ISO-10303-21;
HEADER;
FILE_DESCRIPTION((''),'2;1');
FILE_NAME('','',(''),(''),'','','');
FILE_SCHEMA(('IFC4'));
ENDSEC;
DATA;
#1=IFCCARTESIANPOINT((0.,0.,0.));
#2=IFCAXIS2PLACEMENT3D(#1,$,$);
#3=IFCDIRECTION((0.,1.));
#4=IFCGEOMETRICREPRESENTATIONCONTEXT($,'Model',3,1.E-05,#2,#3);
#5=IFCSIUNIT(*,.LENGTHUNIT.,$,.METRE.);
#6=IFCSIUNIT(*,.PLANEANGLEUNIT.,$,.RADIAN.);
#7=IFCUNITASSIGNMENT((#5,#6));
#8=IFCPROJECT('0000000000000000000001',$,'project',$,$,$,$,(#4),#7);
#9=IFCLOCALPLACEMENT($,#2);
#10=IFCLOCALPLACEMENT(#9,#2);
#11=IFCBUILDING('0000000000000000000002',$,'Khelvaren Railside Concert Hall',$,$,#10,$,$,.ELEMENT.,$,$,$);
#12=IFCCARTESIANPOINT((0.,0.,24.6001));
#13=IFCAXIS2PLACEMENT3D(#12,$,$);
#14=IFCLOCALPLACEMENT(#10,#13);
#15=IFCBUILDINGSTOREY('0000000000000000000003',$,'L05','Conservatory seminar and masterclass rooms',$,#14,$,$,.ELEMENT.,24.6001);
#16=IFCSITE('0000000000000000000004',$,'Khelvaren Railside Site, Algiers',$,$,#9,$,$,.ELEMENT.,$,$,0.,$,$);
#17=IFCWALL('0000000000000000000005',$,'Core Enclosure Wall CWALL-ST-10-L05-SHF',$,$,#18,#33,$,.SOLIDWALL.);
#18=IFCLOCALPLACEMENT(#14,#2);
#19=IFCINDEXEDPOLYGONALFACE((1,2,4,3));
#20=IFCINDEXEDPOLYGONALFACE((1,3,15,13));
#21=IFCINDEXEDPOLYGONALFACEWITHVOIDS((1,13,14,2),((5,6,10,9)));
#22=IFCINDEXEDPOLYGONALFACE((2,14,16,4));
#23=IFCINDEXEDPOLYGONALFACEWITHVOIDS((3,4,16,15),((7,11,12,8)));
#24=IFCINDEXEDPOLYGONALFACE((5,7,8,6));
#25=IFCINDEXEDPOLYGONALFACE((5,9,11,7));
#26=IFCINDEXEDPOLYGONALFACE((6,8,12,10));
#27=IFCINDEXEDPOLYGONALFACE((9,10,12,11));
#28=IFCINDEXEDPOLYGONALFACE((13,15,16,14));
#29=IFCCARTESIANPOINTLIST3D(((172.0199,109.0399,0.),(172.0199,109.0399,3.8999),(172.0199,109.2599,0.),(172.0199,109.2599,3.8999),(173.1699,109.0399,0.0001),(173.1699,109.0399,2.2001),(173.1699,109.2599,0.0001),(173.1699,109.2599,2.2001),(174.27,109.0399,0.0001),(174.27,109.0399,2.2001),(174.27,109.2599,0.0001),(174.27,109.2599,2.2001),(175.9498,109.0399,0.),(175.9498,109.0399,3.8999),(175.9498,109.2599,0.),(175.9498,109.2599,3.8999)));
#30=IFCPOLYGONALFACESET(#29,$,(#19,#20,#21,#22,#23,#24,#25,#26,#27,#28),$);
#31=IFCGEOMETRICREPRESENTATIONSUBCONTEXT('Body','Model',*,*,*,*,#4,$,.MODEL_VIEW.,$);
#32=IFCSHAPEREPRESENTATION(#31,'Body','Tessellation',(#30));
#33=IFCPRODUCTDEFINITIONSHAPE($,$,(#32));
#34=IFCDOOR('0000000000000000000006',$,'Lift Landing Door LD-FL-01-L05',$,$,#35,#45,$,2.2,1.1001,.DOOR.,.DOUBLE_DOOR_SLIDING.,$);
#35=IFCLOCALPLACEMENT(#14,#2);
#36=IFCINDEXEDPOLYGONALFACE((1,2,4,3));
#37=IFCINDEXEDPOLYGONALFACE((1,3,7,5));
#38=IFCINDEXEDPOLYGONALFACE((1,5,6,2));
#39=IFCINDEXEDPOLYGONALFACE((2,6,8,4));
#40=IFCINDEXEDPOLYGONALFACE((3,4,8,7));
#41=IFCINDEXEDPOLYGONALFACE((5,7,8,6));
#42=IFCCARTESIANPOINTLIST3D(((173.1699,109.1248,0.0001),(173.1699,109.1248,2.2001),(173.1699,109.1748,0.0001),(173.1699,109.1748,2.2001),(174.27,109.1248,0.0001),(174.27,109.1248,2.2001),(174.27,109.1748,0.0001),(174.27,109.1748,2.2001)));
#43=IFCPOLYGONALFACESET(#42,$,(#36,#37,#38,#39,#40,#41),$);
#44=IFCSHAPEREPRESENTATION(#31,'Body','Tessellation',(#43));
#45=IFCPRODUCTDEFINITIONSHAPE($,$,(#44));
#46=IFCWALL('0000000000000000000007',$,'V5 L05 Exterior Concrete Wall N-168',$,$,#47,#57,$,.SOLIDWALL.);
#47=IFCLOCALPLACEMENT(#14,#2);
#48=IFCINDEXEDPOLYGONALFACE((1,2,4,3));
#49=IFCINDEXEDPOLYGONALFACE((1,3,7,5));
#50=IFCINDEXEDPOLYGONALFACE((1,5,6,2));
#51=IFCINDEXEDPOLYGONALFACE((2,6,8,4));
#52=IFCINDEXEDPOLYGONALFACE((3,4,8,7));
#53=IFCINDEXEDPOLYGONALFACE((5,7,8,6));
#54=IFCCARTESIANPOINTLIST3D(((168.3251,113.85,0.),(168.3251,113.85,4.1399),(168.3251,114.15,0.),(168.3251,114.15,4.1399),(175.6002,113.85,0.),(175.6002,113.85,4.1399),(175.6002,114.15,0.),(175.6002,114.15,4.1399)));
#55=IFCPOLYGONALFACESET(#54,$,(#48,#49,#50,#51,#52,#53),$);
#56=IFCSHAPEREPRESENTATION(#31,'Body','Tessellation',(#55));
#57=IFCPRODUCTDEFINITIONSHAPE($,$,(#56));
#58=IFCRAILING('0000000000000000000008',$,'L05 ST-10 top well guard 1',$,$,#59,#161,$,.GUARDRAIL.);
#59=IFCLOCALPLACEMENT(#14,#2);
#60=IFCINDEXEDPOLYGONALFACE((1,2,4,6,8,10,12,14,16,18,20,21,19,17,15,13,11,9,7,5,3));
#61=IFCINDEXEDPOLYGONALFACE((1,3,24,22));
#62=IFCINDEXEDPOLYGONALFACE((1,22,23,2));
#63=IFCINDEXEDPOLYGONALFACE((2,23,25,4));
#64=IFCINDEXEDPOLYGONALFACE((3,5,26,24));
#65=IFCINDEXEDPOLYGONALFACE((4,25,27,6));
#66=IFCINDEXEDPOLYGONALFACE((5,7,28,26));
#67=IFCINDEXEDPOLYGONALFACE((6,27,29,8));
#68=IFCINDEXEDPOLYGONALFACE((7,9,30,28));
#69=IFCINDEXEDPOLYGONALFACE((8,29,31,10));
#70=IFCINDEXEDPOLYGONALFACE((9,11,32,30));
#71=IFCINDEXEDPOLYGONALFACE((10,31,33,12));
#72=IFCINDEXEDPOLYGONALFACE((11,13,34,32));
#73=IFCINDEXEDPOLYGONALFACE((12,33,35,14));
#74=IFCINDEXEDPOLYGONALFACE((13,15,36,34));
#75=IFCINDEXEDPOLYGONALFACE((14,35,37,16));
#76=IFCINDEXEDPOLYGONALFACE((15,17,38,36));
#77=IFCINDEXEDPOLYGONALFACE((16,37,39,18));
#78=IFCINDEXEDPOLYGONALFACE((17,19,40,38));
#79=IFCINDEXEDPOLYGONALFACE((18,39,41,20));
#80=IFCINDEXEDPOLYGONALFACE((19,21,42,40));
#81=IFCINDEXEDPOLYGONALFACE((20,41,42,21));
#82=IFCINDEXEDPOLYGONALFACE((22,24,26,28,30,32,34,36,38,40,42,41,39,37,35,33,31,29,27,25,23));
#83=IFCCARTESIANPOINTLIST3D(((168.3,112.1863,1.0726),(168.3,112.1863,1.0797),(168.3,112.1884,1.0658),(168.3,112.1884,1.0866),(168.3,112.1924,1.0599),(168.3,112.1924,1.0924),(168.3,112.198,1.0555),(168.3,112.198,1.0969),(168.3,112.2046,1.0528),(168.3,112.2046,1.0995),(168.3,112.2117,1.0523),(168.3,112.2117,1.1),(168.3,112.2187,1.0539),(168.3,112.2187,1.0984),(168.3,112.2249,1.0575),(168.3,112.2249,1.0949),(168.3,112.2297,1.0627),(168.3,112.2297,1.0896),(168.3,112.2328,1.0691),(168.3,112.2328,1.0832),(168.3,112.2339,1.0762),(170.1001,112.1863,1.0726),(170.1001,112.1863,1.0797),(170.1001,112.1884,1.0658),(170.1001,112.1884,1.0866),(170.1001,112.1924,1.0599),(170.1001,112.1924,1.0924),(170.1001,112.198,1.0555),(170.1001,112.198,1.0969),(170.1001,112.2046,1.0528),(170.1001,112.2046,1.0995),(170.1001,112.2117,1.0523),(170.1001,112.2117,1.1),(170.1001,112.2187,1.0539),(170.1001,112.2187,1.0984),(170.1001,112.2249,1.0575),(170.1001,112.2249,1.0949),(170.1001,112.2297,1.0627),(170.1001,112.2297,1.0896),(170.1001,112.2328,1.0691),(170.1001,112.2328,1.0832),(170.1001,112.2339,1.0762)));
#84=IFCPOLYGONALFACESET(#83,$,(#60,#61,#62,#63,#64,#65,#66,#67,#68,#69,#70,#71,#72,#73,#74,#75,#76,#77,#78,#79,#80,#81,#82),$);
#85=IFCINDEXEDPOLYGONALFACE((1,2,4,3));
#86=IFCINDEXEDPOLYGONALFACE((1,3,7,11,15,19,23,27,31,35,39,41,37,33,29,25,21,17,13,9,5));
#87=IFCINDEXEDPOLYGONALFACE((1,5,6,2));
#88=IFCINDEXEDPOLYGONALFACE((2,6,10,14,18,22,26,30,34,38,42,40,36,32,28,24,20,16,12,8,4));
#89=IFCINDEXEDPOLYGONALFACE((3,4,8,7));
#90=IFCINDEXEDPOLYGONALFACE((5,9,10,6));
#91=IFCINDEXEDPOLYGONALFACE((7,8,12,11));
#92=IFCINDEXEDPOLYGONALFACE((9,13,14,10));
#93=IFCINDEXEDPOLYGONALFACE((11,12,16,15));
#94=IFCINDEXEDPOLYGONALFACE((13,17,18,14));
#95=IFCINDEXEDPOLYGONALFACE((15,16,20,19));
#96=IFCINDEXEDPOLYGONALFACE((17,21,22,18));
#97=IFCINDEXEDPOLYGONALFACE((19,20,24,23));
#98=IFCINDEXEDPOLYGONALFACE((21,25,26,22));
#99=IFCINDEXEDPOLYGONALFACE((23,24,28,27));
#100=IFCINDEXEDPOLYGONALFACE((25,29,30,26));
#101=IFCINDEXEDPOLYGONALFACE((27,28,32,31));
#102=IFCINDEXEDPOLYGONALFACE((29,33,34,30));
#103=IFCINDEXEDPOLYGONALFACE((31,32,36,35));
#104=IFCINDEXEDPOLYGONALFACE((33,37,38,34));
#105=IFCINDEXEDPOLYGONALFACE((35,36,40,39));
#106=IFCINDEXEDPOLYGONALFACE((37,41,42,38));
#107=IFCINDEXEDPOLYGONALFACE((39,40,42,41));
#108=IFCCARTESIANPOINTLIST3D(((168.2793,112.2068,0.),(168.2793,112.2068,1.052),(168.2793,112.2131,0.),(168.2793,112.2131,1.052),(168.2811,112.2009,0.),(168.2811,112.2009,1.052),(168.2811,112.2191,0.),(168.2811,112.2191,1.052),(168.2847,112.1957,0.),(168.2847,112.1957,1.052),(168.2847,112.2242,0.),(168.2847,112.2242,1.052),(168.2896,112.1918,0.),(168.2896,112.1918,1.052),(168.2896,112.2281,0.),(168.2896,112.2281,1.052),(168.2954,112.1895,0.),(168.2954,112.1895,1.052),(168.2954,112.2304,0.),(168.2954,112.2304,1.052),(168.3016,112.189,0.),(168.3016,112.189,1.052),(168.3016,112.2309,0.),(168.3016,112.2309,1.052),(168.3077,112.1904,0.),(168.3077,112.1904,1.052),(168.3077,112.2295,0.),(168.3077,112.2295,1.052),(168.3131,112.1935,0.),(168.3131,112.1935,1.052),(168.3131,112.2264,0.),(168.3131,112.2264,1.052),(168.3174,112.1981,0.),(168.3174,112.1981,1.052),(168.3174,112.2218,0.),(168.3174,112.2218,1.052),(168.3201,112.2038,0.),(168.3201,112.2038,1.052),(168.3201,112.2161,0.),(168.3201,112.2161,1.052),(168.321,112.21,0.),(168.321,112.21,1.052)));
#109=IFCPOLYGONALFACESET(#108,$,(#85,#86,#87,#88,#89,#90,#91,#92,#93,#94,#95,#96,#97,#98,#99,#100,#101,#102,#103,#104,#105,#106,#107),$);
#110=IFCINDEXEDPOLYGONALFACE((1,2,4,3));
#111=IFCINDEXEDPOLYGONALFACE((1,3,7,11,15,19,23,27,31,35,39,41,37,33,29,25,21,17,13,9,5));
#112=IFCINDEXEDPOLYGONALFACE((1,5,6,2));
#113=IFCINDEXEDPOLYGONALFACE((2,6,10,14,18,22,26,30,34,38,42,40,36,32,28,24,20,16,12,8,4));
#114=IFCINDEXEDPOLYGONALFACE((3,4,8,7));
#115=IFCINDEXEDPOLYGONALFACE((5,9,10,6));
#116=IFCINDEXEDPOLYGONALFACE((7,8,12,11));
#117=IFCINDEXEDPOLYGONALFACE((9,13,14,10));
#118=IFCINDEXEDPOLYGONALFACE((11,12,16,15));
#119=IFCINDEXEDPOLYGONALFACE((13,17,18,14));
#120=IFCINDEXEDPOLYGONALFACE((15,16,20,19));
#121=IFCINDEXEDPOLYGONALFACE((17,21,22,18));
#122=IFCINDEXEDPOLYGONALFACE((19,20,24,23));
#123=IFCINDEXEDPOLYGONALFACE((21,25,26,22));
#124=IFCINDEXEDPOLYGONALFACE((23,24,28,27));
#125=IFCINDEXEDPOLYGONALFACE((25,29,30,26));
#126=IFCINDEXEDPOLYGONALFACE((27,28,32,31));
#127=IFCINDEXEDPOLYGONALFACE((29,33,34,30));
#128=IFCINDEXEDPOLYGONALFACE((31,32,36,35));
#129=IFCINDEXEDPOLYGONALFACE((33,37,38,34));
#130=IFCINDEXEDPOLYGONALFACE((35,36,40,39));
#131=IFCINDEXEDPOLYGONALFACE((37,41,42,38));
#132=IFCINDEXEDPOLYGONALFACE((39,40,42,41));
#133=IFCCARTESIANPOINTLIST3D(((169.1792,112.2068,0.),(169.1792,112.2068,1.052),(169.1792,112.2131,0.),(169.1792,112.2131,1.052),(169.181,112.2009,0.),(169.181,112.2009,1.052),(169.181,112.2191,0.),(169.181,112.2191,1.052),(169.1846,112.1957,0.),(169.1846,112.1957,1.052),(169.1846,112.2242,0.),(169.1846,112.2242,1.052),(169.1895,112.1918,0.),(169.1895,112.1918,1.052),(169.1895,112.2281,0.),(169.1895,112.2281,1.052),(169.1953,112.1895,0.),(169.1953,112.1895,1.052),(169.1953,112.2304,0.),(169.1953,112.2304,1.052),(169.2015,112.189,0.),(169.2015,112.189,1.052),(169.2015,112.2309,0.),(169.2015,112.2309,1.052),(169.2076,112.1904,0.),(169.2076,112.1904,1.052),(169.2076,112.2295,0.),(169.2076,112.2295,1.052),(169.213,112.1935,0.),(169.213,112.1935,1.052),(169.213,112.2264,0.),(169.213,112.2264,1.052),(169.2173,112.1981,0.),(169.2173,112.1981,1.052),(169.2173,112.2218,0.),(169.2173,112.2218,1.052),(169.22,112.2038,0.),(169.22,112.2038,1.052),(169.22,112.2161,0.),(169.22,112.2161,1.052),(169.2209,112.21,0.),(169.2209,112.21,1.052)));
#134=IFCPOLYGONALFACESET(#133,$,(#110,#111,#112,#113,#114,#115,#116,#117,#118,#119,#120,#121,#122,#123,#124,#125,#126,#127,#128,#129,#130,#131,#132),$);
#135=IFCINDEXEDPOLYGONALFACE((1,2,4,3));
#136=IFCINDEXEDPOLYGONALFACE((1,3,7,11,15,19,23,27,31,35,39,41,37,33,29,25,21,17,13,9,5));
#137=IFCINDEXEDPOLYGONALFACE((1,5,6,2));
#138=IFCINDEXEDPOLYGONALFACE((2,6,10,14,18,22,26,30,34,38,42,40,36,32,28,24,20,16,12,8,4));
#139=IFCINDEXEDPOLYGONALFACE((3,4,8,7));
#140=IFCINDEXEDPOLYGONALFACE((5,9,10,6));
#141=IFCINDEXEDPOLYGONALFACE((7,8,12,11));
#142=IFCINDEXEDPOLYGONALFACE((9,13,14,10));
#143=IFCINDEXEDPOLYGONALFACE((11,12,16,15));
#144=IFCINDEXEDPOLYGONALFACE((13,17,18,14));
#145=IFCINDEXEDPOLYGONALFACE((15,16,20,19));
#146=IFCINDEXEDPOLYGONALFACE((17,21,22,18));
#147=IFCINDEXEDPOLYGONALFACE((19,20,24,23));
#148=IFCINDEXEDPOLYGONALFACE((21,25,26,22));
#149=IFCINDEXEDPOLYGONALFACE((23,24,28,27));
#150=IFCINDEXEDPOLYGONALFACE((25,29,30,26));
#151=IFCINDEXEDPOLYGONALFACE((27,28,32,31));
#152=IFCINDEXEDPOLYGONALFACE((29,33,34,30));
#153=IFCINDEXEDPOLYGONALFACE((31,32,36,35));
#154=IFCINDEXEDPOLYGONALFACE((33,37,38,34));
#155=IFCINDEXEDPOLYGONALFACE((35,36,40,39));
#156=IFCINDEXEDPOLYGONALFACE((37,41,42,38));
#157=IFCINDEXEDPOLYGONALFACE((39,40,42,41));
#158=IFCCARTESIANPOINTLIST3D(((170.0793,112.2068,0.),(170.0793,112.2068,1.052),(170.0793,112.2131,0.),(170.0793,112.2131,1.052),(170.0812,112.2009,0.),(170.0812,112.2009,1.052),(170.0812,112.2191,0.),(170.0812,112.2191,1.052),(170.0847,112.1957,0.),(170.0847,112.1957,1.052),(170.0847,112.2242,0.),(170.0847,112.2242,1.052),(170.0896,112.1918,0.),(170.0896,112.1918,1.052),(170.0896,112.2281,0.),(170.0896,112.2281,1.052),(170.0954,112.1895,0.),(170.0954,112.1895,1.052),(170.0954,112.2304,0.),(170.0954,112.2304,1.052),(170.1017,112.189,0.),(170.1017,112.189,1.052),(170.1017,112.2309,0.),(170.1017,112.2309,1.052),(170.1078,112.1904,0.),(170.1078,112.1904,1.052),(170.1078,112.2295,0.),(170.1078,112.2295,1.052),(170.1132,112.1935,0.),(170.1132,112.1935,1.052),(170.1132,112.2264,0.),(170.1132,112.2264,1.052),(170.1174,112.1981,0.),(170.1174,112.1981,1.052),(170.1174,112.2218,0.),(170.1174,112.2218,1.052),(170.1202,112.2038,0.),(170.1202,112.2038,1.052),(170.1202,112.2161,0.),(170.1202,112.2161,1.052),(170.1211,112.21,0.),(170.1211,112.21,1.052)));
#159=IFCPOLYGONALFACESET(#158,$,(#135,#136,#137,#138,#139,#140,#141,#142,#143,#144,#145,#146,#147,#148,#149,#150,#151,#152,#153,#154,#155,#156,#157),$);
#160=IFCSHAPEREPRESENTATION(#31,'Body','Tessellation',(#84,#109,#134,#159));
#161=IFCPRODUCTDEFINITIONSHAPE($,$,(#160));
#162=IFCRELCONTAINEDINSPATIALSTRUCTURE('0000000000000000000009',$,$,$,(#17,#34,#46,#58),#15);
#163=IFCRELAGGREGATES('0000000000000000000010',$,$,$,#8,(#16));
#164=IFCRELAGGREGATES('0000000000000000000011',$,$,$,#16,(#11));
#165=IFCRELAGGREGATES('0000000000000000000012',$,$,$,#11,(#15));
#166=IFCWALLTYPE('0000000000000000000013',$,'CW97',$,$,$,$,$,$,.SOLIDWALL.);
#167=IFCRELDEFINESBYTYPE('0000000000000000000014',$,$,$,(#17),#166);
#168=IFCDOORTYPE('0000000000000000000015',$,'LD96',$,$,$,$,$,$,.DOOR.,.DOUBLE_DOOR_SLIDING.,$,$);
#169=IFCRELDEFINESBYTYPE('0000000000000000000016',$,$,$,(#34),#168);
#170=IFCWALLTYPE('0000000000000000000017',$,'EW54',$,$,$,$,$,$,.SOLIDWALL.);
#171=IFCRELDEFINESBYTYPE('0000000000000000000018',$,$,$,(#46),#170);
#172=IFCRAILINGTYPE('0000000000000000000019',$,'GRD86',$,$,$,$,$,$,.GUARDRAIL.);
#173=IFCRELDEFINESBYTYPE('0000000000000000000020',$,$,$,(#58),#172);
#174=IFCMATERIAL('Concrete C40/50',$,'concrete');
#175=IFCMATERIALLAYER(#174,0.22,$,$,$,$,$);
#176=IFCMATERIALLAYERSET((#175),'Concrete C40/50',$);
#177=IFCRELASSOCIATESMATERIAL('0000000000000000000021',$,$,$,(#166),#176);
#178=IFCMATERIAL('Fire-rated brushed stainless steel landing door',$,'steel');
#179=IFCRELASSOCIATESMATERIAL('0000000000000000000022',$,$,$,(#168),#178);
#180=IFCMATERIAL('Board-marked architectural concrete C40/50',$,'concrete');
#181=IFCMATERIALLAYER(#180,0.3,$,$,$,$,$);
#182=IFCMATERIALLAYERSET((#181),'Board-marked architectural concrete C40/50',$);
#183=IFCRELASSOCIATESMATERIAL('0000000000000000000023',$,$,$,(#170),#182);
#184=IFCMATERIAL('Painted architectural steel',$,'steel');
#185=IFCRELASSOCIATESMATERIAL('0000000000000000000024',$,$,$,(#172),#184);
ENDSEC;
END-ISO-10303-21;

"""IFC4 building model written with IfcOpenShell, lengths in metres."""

from ifc_helpers import new_model, si_unit, direction, frame, frame_2d, origin, origin_2d, place, context, subcontext, project, spatial, rectangle, circle, extrude, material, layer, layer_set, type_object, element, fill, save


model = new_model("IFC4")

# Units and contexts
model_context = context("Model", 3, precision=1e-05, world=origin(), true_north=direction((0.0, 1.0)))
body_context = subcontext(model_context, "Body", "Model", "MODEL_VIEW")
ifc_project = project(units=[si_unit("LENGTHUNIT", "METRE"), si_unit("PLANEANGLEUNIT", "RADIAN")], contexts=[model_context])

# Site, building, storey
site_placement = place(None, origin())
site = spatial("IfcSite", under=ifc_project, at=site_placement, Name="Khelvaren Railside Site, Algiers", CompositionType="ELEMENT", RefElevation=0.0)
building_placement = place(site_placement, origin())
building = spatial("IfcBuilding", under=site, at=building_placement, Name="Khelvaren Railside Concert Hall", CompositionType="ELEMENT")
storey_placement = place(building_placement, frame((0.0, 0.0, 24.6001)))
storey = spatial("IfcBuildingStorey", under=building, at=storey_placement, Name="L05", Description="Conservatory seminar and masterclass rooms", CompositionType="ELEMENT", Elevation=24.6001)

# Shared definitions
ifc_material_1 = material(Name="Concrete C40/50", Category="concrete")

# Wall, opening, door
ifc_layer_1 = layer(ifc_material_1, 0.22)
ifc_layer_set_1 = layer_set([ifc_layer_1], Name="Concrete C40/50")
wall_type_1 = type_object("IfcWallType", Name="CW97", PredefinedType="SOLIDWALL", material=ifc_layer_set_1)
wall_1_placement = place(storey_placement, frame((172.02, 109.1499, 0.0), z_axis=(0.0, 0.0, 1.0), x_axis=(1.0, 0.0, 0.0)))
wall_1 = element("IfcWall", 1, at=wall_1_placement, inside=storey, type_object=wall_type_1, Name="Core Enclosure Wall CWALL-ST-10-L05-SHF", PredefinedType="SOLIDWALL", context=body_context, shape_type="SweptSolid", body=[
    extrude(rectangle(XDim=3.9299, YDim=0.22, at=frame_2d((1.9648, 0.0))), origin(), (0.0, 0.0, 1.0), 3.8999),
])
opening_1_placement = place(wall_1_placement, frame((1.1499, 0.0, 0.0)))
opening_1 = element("IfcOpeningElement", 2, at=opening_1_placement, cuts=wall_1, PredefinedType="OPENING", context=body_context, shape_type="SweptSolid", body=[
    extrude(rectangle(XDim=1.1001, YDim=2.2, at=frame_2d((0.55, 1.1001))), frame((0.0, 0.1199, 0.0), z_axis=(0.0, -1.0, 0.0), x_axis=(1.0, 0.0, 0.0)), (0.0, 0.0, 1.0), 0.24),
])
ifc_material_2 = material(Name="Fire-rated brushed stainless steel landing door", Category="steel")
door_type_1 = type_object("IfcDoorType", Name="LD96", OperationType="DOUBLE_DOOR_SLIDING", PredefinedType="DOOR", material=ifc_material_2)
door_1_placement = place(opening_1_placement, origin())
door_1 = element("IfcDoor", 3, at=door_1_placement, inside=storey, type_object=door_type_1, Name="Lift Landing Door LD-FL-01-L05", OperationType="DOUBLE_DOOR_SLIDING", OverallHeight=2.2, OverallWidth=1.1001, PredefinedType="DOOR", context=body_context, shape_type="SweptSolid", body=[
    extrude(rectangle(XDim=1.1001, YDim=2.2, at=frame_2d((0.55, 1.1001))), frame((0.0, 0.0249, 0.0), z_axis=(0.0, -1.0, 0.0), x_axis=(1.0, 0.0, 0.0)), (0.0, 0.0, 1.0), 0.05),
])
fill(opening_1, door_1)

# Wall
ifc_material_3 = material(Name="Board-marked architectural concrete C40/50", Category="concrete")
ifc_layer_2 = layer(ifc_material_3, 0.3)
ifc_layer_set_2 = layer_set([ifc_layer_2], Name="Board-marked architectural concrete C40/50")
wall_type_2 = type_object("IfcWallType", Name="EW54", PredefinedType="SOLIDWALL", material=ifc_layer_set_2)
wall_2_placement = place(storey_placement, frame((168.325, 114.0, 0.0), z_axis=(0.0, 0.0, 1.0), x_axis=(1.0, 0.0, 0.0)))
element("IfcWall", 4, at=wall_2_placement, inside=storey, type_object=wall_type_2, Name="V5 L05 Exterior Concrete Wall N-168", PredefinedType="SOLIDWALL", context=body_context, shape_type="SweptSolid", body=[
    extrude(rectangle(XDim=7.2751, YDim=0.3, at=frame_2d((3.6377, 0.0))), origin(), (0.0, 0.0, 1.0), 4.1399),
])

# Railing
ifc_material_4 = material(Name="Painted architectural steel", Category="steel")
railing_type = type_object("IfcRailingType", Name="GRD86", PredefinedType="GUARDRAIL", material=ifc_material_4)
railing_1_placement = place(storey_placement, frame((168.3, 112.21, 0.0)))
element("IfcRailing", 5, at=railing_1_placement, inside=storey, type_object=railing_type, Name="L05 ST-10 top well guard 1", PredefinedType="GUARDRAIL", context=body_context, shape_type="SweptSolid", body=[
    extrude(circle(Radius=0.0239, at=origin_2d()), frame((0.0, 0.0, 1.0762), z_axis=(1.0, 0.0, 0.0), x_axis=(0.0, 1.0, 0.0)), (0.0, 0.0, 1.0), 1.8),
    extrude(circle(Radius=0.021, at=origin_2d()), origin(), (0.0, 0.0, 1.0), 1.052),
    extrude(circle(Radius=0.021, at=origin_2d()), frame((0.8999, 0.0, 0.0)), (0.0, 0.0, 1.0), 1.052),
    extrude(circle(Radius=0.021, at=origin_2d()), frame((1.8, 0.0, 0.0)), (0.0, 0.0, 1.0), 1.052),
])

save(model, "model.ifc")
